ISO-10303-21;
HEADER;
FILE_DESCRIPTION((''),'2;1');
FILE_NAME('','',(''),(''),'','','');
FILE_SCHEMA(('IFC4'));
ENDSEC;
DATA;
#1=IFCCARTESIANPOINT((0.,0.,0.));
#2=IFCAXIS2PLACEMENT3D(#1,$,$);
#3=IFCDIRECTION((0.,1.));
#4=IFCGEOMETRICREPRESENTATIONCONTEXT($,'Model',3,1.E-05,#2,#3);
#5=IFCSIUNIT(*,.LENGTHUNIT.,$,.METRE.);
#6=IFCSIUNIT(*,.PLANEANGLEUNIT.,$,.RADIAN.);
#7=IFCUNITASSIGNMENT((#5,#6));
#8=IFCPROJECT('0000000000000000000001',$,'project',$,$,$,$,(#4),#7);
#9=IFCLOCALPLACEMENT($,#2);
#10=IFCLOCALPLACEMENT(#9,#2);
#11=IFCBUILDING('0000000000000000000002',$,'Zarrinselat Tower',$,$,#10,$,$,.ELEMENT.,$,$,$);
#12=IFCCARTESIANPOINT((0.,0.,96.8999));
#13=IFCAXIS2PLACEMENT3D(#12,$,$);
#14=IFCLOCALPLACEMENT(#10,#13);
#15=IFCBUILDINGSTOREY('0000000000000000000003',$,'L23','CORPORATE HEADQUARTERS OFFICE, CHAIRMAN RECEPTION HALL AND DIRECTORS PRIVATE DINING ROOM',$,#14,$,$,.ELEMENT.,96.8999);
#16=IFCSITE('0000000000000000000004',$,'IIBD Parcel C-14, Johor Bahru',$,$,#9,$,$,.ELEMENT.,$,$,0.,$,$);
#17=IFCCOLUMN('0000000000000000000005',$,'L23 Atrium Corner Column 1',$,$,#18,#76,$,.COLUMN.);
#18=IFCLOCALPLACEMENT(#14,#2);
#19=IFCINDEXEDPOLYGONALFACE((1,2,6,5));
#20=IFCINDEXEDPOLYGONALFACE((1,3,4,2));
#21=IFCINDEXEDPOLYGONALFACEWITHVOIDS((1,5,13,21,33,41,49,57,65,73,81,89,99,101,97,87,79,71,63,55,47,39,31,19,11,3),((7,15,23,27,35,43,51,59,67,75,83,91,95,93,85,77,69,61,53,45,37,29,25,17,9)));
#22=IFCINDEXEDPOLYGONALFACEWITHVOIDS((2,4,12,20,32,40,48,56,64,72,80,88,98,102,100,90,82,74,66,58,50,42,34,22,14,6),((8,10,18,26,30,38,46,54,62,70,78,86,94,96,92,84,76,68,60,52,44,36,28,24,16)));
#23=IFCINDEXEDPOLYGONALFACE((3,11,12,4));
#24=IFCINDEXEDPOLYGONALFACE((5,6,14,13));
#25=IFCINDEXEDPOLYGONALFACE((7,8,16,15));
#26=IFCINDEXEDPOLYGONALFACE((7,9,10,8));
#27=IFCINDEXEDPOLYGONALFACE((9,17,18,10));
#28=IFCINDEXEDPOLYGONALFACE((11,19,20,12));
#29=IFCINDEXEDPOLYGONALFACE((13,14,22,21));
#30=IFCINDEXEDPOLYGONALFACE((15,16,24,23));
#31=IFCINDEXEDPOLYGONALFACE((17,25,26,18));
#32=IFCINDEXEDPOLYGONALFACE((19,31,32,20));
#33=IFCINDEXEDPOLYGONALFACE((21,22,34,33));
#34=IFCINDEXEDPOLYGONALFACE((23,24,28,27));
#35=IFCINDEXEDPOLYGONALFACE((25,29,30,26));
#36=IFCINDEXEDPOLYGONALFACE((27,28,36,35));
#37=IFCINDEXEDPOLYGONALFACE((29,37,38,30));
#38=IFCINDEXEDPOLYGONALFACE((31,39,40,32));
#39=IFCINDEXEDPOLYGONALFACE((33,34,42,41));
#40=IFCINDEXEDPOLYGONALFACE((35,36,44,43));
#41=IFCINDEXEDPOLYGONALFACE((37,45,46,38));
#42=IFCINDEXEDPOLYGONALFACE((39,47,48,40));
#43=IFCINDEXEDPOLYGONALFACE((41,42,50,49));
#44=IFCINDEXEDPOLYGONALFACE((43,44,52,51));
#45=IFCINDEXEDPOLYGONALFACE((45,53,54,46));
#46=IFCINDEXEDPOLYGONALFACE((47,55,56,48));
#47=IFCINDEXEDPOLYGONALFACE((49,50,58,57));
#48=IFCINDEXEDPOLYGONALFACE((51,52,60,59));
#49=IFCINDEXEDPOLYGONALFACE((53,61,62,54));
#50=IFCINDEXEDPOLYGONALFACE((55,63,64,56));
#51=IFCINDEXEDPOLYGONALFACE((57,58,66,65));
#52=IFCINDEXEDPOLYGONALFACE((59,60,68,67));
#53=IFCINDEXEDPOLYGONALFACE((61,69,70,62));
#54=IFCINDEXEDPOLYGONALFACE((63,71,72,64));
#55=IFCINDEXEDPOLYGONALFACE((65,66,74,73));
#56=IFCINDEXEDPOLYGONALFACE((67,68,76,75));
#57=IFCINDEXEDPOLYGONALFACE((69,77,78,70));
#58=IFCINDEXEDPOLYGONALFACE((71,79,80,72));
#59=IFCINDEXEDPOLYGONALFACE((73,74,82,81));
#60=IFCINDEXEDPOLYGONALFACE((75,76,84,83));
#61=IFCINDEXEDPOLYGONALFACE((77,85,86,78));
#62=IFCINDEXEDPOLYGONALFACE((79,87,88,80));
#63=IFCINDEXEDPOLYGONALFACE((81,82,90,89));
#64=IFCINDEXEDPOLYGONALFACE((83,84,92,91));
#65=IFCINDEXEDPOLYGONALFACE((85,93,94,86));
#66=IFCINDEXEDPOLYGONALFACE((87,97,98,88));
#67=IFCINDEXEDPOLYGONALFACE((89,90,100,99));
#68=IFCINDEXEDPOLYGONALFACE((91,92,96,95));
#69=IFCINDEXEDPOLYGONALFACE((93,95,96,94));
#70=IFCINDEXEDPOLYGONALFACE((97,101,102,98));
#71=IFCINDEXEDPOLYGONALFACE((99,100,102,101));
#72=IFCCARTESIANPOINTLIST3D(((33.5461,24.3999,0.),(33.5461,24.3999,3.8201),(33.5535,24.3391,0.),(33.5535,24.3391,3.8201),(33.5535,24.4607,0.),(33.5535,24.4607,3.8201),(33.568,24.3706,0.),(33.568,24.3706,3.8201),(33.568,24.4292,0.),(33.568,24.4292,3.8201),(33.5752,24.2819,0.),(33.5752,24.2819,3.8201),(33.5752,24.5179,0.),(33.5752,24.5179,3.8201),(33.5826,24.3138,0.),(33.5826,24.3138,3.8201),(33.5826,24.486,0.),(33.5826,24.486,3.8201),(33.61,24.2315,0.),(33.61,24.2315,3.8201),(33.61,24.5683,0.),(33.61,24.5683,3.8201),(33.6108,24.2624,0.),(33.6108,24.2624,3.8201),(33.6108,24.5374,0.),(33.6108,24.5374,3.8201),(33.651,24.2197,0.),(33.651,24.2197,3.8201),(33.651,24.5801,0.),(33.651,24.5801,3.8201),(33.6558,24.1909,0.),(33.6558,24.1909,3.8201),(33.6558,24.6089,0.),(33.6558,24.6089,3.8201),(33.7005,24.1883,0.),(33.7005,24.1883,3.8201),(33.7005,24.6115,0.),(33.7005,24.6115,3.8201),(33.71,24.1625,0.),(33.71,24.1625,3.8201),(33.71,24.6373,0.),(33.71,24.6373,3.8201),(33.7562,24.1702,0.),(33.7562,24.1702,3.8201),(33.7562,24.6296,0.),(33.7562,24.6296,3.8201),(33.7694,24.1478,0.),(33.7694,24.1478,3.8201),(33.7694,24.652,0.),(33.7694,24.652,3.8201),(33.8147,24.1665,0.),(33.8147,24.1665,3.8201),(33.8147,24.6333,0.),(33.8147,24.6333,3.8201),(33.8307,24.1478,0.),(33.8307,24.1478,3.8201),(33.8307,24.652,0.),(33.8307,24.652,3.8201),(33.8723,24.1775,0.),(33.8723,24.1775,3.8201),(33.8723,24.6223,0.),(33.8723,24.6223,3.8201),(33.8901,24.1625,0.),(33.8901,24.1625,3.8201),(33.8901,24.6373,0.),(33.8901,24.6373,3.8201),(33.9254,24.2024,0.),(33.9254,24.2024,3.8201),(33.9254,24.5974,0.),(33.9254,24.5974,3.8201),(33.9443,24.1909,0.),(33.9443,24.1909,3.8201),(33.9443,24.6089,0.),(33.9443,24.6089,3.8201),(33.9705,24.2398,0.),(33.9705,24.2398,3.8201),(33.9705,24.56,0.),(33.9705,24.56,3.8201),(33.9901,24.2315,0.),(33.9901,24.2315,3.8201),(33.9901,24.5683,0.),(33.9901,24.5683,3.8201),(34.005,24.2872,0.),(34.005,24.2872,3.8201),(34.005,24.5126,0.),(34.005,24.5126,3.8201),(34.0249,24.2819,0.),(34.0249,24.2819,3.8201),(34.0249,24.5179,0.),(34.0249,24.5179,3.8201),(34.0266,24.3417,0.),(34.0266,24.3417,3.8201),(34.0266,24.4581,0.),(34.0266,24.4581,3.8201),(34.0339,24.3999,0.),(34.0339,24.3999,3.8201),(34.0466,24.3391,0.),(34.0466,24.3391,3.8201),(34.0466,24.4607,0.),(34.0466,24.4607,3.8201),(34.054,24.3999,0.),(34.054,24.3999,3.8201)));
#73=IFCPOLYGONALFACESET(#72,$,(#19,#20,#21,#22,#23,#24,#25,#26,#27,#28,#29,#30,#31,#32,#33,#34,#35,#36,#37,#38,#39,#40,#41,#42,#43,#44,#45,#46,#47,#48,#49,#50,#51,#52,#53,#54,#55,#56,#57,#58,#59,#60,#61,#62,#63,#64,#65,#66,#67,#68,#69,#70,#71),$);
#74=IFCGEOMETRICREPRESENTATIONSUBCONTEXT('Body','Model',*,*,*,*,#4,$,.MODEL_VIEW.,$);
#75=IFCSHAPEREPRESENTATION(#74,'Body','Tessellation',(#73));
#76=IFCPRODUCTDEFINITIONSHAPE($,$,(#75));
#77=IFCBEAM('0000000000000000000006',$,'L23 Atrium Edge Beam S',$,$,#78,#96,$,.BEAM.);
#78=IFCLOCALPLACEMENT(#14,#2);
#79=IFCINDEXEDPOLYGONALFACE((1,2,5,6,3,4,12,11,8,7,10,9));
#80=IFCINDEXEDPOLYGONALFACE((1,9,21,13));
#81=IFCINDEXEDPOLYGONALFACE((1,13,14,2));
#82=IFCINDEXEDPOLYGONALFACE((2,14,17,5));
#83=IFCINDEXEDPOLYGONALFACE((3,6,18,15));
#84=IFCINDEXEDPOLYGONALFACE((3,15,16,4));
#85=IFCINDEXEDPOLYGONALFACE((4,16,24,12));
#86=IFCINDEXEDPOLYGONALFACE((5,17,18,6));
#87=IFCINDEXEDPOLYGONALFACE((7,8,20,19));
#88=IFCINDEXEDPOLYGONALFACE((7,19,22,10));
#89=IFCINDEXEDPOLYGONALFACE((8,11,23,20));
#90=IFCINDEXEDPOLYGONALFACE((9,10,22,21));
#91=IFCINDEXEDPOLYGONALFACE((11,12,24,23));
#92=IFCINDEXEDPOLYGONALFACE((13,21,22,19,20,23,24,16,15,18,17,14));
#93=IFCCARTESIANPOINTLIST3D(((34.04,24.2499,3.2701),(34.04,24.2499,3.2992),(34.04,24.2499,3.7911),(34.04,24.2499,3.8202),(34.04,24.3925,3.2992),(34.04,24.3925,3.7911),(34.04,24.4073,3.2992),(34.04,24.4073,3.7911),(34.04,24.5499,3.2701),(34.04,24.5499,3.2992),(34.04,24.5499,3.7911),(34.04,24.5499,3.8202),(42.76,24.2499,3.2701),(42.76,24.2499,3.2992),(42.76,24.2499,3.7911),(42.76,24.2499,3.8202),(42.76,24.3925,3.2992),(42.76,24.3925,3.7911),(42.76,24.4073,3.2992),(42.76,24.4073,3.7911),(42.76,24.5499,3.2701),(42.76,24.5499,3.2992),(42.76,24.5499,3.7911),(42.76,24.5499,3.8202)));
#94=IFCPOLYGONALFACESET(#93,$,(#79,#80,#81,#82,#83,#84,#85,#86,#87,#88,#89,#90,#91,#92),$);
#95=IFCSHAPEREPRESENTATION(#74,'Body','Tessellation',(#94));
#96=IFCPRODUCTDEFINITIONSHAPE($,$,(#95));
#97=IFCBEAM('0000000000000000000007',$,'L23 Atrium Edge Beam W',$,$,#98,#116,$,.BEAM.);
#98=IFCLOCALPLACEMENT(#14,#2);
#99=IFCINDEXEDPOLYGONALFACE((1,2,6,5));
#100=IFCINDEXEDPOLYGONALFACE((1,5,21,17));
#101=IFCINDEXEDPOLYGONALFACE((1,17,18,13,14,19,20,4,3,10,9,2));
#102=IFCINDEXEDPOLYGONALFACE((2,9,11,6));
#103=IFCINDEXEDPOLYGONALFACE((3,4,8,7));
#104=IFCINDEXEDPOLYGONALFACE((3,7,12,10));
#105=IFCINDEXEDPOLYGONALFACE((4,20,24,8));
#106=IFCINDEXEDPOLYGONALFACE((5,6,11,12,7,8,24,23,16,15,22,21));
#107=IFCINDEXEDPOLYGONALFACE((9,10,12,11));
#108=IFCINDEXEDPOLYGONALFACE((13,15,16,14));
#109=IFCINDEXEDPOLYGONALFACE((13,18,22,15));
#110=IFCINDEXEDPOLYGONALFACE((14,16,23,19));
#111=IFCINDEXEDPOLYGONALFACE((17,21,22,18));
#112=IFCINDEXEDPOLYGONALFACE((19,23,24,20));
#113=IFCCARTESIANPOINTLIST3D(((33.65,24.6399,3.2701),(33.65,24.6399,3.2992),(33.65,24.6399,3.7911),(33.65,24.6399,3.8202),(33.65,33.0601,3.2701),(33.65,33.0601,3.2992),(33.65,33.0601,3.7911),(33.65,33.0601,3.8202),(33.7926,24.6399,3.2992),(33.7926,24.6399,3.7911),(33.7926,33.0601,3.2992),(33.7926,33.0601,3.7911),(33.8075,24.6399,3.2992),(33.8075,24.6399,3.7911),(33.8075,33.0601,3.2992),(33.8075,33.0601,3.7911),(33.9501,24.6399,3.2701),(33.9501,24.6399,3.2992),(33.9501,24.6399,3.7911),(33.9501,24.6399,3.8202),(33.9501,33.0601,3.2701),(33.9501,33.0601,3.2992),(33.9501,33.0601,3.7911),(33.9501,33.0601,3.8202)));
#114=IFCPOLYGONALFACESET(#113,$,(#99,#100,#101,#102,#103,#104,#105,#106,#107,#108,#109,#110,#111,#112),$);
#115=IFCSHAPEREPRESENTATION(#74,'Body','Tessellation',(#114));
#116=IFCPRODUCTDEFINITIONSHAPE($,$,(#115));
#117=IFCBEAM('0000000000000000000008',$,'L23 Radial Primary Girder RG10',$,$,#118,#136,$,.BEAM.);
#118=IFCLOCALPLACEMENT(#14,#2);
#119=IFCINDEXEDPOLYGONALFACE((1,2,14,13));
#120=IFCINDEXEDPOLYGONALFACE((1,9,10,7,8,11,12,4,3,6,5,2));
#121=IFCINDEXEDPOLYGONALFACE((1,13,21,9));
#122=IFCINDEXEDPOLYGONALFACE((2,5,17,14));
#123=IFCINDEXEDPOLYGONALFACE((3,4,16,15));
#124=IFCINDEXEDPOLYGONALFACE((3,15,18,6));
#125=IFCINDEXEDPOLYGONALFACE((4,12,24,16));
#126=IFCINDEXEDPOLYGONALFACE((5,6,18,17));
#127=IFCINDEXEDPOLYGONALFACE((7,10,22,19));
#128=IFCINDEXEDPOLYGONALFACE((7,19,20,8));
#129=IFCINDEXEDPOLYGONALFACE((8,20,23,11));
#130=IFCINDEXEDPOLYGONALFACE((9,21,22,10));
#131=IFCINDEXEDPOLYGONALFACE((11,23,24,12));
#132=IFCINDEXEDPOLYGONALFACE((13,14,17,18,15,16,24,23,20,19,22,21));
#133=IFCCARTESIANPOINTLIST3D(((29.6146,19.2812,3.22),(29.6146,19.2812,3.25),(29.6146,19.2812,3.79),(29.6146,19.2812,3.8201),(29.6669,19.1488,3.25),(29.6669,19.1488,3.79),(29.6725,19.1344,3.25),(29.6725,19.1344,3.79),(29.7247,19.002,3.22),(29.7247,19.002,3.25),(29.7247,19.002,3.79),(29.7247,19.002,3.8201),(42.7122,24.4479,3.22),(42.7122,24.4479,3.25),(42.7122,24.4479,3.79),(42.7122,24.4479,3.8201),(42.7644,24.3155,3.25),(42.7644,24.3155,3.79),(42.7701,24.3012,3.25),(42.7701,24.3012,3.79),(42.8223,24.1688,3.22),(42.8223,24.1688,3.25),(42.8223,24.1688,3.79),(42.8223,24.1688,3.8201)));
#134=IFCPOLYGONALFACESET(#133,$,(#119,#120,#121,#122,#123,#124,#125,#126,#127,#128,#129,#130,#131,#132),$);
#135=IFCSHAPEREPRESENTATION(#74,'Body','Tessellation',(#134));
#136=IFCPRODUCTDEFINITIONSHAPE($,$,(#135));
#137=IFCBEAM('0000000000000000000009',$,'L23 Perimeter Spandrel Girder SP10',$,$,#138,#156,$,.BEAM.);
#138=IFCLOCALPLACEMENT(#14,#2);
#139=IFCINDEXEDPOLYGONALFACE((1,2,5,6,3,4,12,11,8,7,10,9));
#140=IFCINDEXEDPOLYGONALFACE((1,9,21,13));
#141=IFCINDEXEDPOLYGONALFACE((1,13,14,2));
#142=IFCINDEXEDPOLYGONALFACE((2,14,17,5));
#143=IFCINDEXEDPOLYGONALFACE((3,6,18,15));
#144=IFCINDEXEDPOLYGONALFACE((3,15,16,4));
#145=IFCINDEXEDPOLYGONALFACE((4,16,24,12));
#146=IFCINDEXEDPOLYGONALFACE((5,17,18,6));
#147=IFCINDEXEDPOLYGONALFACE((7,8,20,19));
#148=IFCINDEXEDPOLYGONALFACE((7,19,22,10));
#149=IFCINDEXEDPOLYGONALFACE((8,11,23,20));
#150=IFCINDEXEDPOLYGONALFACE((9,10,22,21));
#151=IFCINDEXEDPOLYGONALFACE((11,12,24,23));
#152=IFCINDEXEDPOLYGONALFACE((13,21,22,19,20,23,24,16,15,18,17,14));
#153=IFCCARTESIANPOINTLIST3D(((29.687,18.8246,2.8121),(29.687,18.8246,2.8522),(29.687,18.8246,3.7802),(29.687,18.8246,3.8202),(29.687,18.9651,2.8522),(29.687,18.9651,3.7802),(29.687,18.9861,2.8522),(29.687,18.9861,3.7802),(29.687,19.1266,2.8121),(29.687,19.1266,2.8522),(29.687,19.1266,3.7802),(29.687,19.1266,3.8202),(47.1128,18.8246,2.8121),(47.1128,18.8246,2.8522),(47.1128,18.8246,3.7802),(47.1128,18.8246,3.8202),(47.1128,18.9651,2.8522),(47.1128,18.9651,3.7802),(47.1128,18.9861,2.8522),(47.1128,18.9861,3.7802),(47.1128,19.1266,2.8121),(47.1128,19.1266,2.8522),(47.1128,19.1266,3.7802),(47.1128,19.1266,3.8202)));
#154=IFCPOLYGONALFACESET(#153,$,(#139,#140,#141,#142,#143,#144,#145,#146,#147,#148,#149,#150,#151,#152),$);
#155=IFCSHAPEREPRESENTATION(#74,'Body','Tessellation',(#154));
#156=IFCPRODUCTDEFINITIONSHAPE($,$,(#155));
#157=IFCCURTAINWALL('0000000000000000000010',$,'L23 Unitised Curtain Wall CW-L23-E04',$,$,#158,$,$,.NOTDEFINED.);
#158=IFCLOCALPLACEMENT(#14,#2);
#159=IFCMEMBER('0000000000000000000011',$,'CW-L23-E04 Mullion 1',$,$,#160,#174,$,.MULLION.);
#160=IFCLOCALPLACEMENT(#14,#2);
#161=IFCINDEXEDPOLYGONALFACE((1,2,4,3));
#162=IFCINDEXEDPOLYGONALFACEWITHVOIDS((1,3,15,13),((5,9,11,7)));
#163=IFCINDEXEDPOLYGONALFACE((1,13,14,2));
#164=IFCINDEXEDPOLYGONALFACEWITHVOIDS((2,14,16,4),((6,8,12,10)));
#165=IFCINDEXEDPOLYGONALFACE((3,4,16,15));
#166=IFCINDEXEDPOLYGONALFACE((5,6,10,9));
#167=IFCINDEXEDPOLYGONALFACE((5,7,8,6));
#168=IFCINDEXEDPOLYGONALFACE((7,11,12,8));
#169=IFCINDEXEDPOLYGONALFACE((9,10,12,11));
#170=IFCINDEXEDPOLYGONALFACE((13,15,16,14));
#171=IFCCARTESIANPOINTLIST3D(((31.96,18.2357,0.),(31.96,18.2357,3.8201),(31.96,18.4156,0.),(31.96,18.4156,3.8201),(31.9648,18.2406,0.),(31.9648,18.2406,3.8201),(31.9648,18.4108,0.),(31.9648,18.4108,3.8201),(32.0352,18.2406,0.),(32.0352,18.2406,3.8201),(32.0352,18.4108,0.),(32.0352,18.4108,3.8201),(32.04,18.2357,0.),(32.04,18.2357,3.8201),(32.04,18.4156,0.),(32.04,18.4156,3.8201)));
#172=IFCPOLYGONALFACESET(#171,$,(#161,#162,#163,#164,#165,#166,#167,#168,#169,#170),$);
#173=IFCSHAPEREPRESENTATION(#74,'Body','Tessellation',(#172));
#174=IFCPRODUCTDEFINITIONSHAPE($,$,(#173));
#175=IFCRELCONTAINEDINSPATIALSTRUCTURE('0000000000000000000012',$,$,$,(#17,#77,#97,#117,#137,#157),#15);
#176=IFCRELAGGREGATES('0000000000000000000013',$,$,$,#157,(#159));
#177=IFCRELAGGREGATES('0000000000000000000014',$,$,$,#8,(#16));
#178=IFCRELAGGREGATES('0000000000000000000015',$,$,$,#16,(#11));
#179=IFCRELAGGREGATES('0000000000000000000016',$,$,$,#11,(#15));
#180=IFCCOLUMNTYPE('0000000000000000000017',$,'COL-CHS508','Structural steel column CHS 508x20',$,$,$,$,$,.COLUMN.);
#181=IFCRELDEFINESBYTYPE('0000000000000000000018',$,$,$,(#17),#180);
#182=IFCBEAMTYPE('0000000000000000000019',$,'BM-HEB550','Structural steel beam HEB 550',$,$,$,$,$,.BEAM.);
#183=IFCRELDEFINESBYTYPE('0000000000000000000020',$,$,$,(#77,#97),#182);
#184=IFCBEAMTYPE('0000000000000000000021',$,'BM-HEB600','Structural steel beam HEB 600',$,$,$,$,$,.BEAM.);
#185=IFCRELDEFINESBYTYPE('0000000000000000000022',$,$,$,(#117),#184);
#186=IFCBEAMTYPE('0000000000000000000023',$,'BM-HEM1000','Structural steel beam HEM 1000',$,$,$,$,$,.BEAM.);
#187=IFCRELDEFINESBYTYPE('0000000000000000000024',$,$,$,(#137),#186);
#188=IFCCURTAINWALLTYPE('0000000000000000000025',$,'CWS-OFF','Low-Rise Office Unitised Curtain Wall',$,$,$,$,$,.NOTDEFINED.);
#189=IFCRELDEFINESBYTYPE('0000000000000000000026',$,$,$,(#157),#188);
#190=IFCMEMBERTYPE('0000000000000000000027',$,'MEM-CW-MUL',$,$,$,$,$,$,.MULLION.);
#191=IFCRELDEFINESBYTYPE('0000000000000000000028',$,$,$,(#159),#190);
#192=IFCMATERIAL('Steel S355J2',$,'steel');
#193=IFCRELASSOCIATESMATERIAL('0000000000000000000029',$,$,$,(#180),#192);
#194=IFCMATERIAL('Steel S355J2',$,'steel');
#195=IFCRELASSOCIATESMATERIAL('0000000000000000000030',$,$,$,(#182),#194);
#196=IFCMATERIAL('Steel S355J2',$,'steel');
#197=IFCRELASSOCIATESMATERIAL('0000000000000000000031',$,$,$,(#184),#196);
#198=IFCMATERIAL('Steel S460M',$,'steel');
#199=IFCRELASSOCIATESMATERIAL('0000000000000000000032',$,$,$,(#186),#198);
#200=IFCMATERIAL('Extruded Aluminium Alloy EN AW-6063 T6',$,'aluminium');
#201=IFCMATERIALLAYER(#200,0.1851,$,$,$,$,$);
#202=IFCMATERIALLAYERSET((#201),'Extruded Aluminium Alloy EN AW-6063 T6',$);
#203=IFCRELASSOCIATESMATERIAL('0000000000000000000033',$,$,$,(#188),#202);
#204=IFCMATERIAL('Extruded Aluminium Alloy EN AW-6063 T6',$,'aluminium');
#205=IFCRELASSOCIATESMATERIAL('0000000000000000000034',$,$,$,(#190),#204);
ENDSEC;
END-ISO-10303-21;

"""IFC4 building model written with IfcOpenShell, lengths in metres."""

from ifc_helpers import new_model, si_unit, direction, frame, origin, origin_2d, place, context, subcontext, project, spatial, hollow_rectangle, hollow_circle, i_section, extrude, material, layer, layer_set, material_profile, profile_set, type_object, element, aggregate, save


model = new_model("IFC4")

# Units and contexts
model_context = context("Model", 3, precision=1e-05, world=origin(), true_north=direction((0.0, 1.0)))
body_context = subcontext(model_context, "Body", "Model", "MODEL_VIEW")
ifc_project = project(units=[si_unit("LENGTHUNIT", "METRE"), si_unit("PLANEANGLEUNIT", "RADIAN")], contexts=[model_context])

# Site, building, storey
site_placement = place(None, origin())
site = spatial("IfcSite", under=ifc_project, at=site_placement, Name="IIBD Parcel C-14, Johor Bahru", CompositionType="ELEMENT", RefElevation=0.0)
building_placement = place(site_placement, origin())
building = spatial("IfcBuilding", under=site, at=building_placement, Name="Zarrinselat Tower", CompositionType="ELEMENT")
storey_placement = place(building_placement, frame((0.0, 0.0, 96.8999)))
storey = spatial("IfcBuildingStorey", under=building, at=storey_placement, Name="L23", Description="CORPORATE HEADQUARTERS OFFICE, CHAIRMAN RECEPTION HALL AND DIRECTORS PRIVATE DINING ROOM", CompositionType="ELEMENT", Elevation=96.8999)

# Column
ifc_material_1 = material(Name="Steel S355J2", Category="steel")
ifc_material_profile_1 = material_profile(ifc_material_1, hollow_circle(Radius=0.2539, WallThickness=0.02, at=origin_2d()), Name="CHS 508x20")
ifc_profile_set_1 = profile_set([ifc_material_profile_1], Name="Steel S355J2")
column_type = type_object("IfcColumnType", Name="COL-CHS508", Description="Structural steel column CHS 508x20", PredefinedType="COLUMN", material=ifc_profile_set_1)
column_placement = place(storey_placement, frame((33.8, 24.3999, 0.0), z_axis=(0.0, 0.0, 1.0), x_axis=(1.0, 0.0, 0.0)))
element("IfcColumn", 1, at=column_placement, inside=storey, type_object=column_type, Name="L23 Atrium Corner Column 1", PredefinedType="COLUMN", context=body_context, shape_type="SweptSolid", body=[
    extrude(hollow_circle(Radius=0.2539, WallThickness=0.02, at=origin_2d()), origin(), (0.0, 0.0, 1.0), 3.8201),
])

# Beams
ifc_material_2 = material(Name="Steel S355J2", Category="steel")
ifc_material_profile_2 = material_profile(ifc_material_2, i_section(OverallWidth=0.3, OverallDepth=0.55, WebThickness=0.0149, FlangeThickness=0.0291, at=origin_2d()), Name="HEB 550")
ifc_profile_set_2 = profile_set([ifc_material_profile_2], Name="Steel S355J2")
beam_type_1 = type_object("IfcBeamType", Name="BM-HEB550", Description="Structural steel beam HEB 550", PredefinedType="BEAM", material=ifc_profile_set_2)
beam_1_placement = place(storey_placement, frame((34.04, 24.3999, 3.5452), z_axis=(1.0, 0.0, 0.0), x_axis=(0.0, 1.0, 0.0)))
element("IfcBeam", 2, at=beam_1_placement, inside=storey, type_object=beam_type_1, Name="L23 Atrium Edge Beam S", PredefinedType="BEAM", context=body_context, shape_type="SweptSolid", body=[
    extrude(i_section(OverallWidth=0.3, OverallDepth=0.55, WebThickness=0.0149, FlangeThickness=0.0291, at=origin_2d()), origin(), (0.0, 0.0, 1.0), 8.72),
])
beam_2_placement = place(storey_placement, frame((33.8, 24.6399, 3.5452), z_axis=(0.0, 1.0, 0.0), x_axis=(-1.0, 0.0, 0.0)))
element("IfcBeam", 3, at=beam_2_placement, inside=storey, type_object=beam_type_1, Name="L23 Atrium Edge Beam W", PredefinedType="BEAM", context=body_context, shape_type="SweptSolid", body=[
    extrude(i_section(OverallWidth=0.3, OverallDepth=0.55, WebThickness=0.0149, FlangeThickness=0.0291, at=origin_2d()), origin(), (0.0, 0.0, 1.0), 8.4202),
])
ifc_material_3 = material(Name="Steel S355J2", Category="steel")
ifc_material_profile_3 = material_profile(ifc_material_3, i_section(OverallWidth=0.3, OverallDepth=0.6001, WebThickness=0.0154, FlangeThickness=0.03, at=origin_2d()), Name="HEB 600")
ifc_profile_set_3 = profile_set([ifc_material_profile_3], Name="Steel S355J2")
beam_type_2 = type_object("IfcBeamType", Name="BM-HEB600", Description="Structural steel beam HEB 600", PredefinedType="BEAM", material=ifc_profile_set_3)
beam_3_placement = place(storey_placement, frame((29.6697, 19.1416, 3.52), z_axis=(0.930237, 0.366959, 0.0), x_axis=(-0.366959, 0.930237, 0.0)))
element("IfcBeam", 4, at=beam_3_placement, inside=storey, type_object=beam_type_2, Name="L23 Radial Primary Girder RG10", PredefinedType="BEAM", context=body_context, shape_type="SweptSolid", body=[
    extrude(i_section(OverallWidth=0.3, OverallDepth=0.6001, WebThickness=0.0154, FlangeThickness=0.03, at=origin_2d()), origin(), (0.0, 0.0, 1.0), 14.0798),
])
ifc_material_4 = material(Name="Steel S460M", Category="steel")
ifc_material_profile_4 = material_profile(ifc_material_4, i_section(OverallWidth=0.302, OverallDepth=1.0081, WebThickness=0.021, FlangeThickness=0.04, at=origin_2d()), Name="HEM 1000")
ifc_profile_set_4 = profile_set([ifc_material_profile_4], Name="Steel S460M")
beam_type_3 = type_object("IfcBeamType", Name="BM-HEM1000", Description="Structural steel beam HEM 1000", PredefinedType="BEAM", material=ifc_profile_set_4)
beam_4_placement = place(storey_placement, frame((29.687, 18.9756, 3.3162), z_axis=(1.0, 0.0, 0.0), x_axis=(0.0, 1.0, 0.0)))
element("IfcBeam", 5, at=beam_4_placement, inside=storey, type_object=beam_type_3, Name="L23 Perimeter Spandrel Girder SP10", PredefinedType="BEAM", context=body_context, shape_type="SweptSolid", body=[
    extrude(i_section(OverallWidth=0.302, OverallDepth=1.0081, WebThickness=0.021, FlangeThickness=0.04, at=origin_2d()), origin(), (0.0, 0.0, 1.0), 17.4258),
])

# Curtain wall, member
ifc_material_5 = material(Name="Extruded Aluminium Alloy EN AW-6063 T6", Category="aluminium")
ifc_layer_1 = layer(ifc_material_5, 0.1851)
ifc_layer_set_1 = layer_set([ifc_layer_1], Name="Extruded Aluminium Alloy EN AW-6063 T6")
curtain_wall_type = type_object("IfcCurtainWallType", Name="CWS-OFF", Description="Low-Rise Office Unitised Curtain Wall", PredefinedType="NOTDEFINED", material=ifc_layer_set_1)
curtain_wall_placement = place(storey_placement, origin())
curtain_wall = element("IfcCurtainWall", 6, at=curtain_wall_placement, inside=storey, type_object=curtain_wall_type, Name="L23 Unitised Curtain Wall CW-L23-E04", PredefinedType="NOTDEFINED")
ifc_material_6 = material(Name="Extruded Aluminium Alloy EN AW-6063 T6", Category="aluminium")
ifc_material_profile_5 = material_profile(ifc_material_6, hollow_rectangle(XDim=0.0801, YDim=0.1799, WallThickness=0.0049, at=origin_2d()), Name="RHS 180x80x5")
ifc_profile_set_5 = profile_set([ifc_material_profile_5], Name="Extruded Aluminium Alloy EN AW-6063 T6")
member_type_1 = type_object("IfcMemberType", Name="MEM-CW-MUL", PredefinedType="MULLION", material=ifc_profile_set_5)
member_1_placement = place(storey_placement, frame((32.0, 18.3257, 0.0), z_axis=(0.0, 0.0, 1.0), x_axis=(1.0, 0.0, 0.0)))
member_1 = element("IfcMember", 7, at=member_1_placement, type_object=member_type_1, Name="CW-L23-E04 Mullion 1", PredefinedType="MULLION", context=body_context, shape_type="SweptSolid", body=[
    extrude(hollow_rectangle(XDim=0.0801, YDim=0.1799, WallThickness=0.0049, at=origin_2d()), origin(), (0.0, 0.0, 1.0), 3.8201),
])
aggregate(curtain_wall, [member_1])

save(model, "model.ifc")
